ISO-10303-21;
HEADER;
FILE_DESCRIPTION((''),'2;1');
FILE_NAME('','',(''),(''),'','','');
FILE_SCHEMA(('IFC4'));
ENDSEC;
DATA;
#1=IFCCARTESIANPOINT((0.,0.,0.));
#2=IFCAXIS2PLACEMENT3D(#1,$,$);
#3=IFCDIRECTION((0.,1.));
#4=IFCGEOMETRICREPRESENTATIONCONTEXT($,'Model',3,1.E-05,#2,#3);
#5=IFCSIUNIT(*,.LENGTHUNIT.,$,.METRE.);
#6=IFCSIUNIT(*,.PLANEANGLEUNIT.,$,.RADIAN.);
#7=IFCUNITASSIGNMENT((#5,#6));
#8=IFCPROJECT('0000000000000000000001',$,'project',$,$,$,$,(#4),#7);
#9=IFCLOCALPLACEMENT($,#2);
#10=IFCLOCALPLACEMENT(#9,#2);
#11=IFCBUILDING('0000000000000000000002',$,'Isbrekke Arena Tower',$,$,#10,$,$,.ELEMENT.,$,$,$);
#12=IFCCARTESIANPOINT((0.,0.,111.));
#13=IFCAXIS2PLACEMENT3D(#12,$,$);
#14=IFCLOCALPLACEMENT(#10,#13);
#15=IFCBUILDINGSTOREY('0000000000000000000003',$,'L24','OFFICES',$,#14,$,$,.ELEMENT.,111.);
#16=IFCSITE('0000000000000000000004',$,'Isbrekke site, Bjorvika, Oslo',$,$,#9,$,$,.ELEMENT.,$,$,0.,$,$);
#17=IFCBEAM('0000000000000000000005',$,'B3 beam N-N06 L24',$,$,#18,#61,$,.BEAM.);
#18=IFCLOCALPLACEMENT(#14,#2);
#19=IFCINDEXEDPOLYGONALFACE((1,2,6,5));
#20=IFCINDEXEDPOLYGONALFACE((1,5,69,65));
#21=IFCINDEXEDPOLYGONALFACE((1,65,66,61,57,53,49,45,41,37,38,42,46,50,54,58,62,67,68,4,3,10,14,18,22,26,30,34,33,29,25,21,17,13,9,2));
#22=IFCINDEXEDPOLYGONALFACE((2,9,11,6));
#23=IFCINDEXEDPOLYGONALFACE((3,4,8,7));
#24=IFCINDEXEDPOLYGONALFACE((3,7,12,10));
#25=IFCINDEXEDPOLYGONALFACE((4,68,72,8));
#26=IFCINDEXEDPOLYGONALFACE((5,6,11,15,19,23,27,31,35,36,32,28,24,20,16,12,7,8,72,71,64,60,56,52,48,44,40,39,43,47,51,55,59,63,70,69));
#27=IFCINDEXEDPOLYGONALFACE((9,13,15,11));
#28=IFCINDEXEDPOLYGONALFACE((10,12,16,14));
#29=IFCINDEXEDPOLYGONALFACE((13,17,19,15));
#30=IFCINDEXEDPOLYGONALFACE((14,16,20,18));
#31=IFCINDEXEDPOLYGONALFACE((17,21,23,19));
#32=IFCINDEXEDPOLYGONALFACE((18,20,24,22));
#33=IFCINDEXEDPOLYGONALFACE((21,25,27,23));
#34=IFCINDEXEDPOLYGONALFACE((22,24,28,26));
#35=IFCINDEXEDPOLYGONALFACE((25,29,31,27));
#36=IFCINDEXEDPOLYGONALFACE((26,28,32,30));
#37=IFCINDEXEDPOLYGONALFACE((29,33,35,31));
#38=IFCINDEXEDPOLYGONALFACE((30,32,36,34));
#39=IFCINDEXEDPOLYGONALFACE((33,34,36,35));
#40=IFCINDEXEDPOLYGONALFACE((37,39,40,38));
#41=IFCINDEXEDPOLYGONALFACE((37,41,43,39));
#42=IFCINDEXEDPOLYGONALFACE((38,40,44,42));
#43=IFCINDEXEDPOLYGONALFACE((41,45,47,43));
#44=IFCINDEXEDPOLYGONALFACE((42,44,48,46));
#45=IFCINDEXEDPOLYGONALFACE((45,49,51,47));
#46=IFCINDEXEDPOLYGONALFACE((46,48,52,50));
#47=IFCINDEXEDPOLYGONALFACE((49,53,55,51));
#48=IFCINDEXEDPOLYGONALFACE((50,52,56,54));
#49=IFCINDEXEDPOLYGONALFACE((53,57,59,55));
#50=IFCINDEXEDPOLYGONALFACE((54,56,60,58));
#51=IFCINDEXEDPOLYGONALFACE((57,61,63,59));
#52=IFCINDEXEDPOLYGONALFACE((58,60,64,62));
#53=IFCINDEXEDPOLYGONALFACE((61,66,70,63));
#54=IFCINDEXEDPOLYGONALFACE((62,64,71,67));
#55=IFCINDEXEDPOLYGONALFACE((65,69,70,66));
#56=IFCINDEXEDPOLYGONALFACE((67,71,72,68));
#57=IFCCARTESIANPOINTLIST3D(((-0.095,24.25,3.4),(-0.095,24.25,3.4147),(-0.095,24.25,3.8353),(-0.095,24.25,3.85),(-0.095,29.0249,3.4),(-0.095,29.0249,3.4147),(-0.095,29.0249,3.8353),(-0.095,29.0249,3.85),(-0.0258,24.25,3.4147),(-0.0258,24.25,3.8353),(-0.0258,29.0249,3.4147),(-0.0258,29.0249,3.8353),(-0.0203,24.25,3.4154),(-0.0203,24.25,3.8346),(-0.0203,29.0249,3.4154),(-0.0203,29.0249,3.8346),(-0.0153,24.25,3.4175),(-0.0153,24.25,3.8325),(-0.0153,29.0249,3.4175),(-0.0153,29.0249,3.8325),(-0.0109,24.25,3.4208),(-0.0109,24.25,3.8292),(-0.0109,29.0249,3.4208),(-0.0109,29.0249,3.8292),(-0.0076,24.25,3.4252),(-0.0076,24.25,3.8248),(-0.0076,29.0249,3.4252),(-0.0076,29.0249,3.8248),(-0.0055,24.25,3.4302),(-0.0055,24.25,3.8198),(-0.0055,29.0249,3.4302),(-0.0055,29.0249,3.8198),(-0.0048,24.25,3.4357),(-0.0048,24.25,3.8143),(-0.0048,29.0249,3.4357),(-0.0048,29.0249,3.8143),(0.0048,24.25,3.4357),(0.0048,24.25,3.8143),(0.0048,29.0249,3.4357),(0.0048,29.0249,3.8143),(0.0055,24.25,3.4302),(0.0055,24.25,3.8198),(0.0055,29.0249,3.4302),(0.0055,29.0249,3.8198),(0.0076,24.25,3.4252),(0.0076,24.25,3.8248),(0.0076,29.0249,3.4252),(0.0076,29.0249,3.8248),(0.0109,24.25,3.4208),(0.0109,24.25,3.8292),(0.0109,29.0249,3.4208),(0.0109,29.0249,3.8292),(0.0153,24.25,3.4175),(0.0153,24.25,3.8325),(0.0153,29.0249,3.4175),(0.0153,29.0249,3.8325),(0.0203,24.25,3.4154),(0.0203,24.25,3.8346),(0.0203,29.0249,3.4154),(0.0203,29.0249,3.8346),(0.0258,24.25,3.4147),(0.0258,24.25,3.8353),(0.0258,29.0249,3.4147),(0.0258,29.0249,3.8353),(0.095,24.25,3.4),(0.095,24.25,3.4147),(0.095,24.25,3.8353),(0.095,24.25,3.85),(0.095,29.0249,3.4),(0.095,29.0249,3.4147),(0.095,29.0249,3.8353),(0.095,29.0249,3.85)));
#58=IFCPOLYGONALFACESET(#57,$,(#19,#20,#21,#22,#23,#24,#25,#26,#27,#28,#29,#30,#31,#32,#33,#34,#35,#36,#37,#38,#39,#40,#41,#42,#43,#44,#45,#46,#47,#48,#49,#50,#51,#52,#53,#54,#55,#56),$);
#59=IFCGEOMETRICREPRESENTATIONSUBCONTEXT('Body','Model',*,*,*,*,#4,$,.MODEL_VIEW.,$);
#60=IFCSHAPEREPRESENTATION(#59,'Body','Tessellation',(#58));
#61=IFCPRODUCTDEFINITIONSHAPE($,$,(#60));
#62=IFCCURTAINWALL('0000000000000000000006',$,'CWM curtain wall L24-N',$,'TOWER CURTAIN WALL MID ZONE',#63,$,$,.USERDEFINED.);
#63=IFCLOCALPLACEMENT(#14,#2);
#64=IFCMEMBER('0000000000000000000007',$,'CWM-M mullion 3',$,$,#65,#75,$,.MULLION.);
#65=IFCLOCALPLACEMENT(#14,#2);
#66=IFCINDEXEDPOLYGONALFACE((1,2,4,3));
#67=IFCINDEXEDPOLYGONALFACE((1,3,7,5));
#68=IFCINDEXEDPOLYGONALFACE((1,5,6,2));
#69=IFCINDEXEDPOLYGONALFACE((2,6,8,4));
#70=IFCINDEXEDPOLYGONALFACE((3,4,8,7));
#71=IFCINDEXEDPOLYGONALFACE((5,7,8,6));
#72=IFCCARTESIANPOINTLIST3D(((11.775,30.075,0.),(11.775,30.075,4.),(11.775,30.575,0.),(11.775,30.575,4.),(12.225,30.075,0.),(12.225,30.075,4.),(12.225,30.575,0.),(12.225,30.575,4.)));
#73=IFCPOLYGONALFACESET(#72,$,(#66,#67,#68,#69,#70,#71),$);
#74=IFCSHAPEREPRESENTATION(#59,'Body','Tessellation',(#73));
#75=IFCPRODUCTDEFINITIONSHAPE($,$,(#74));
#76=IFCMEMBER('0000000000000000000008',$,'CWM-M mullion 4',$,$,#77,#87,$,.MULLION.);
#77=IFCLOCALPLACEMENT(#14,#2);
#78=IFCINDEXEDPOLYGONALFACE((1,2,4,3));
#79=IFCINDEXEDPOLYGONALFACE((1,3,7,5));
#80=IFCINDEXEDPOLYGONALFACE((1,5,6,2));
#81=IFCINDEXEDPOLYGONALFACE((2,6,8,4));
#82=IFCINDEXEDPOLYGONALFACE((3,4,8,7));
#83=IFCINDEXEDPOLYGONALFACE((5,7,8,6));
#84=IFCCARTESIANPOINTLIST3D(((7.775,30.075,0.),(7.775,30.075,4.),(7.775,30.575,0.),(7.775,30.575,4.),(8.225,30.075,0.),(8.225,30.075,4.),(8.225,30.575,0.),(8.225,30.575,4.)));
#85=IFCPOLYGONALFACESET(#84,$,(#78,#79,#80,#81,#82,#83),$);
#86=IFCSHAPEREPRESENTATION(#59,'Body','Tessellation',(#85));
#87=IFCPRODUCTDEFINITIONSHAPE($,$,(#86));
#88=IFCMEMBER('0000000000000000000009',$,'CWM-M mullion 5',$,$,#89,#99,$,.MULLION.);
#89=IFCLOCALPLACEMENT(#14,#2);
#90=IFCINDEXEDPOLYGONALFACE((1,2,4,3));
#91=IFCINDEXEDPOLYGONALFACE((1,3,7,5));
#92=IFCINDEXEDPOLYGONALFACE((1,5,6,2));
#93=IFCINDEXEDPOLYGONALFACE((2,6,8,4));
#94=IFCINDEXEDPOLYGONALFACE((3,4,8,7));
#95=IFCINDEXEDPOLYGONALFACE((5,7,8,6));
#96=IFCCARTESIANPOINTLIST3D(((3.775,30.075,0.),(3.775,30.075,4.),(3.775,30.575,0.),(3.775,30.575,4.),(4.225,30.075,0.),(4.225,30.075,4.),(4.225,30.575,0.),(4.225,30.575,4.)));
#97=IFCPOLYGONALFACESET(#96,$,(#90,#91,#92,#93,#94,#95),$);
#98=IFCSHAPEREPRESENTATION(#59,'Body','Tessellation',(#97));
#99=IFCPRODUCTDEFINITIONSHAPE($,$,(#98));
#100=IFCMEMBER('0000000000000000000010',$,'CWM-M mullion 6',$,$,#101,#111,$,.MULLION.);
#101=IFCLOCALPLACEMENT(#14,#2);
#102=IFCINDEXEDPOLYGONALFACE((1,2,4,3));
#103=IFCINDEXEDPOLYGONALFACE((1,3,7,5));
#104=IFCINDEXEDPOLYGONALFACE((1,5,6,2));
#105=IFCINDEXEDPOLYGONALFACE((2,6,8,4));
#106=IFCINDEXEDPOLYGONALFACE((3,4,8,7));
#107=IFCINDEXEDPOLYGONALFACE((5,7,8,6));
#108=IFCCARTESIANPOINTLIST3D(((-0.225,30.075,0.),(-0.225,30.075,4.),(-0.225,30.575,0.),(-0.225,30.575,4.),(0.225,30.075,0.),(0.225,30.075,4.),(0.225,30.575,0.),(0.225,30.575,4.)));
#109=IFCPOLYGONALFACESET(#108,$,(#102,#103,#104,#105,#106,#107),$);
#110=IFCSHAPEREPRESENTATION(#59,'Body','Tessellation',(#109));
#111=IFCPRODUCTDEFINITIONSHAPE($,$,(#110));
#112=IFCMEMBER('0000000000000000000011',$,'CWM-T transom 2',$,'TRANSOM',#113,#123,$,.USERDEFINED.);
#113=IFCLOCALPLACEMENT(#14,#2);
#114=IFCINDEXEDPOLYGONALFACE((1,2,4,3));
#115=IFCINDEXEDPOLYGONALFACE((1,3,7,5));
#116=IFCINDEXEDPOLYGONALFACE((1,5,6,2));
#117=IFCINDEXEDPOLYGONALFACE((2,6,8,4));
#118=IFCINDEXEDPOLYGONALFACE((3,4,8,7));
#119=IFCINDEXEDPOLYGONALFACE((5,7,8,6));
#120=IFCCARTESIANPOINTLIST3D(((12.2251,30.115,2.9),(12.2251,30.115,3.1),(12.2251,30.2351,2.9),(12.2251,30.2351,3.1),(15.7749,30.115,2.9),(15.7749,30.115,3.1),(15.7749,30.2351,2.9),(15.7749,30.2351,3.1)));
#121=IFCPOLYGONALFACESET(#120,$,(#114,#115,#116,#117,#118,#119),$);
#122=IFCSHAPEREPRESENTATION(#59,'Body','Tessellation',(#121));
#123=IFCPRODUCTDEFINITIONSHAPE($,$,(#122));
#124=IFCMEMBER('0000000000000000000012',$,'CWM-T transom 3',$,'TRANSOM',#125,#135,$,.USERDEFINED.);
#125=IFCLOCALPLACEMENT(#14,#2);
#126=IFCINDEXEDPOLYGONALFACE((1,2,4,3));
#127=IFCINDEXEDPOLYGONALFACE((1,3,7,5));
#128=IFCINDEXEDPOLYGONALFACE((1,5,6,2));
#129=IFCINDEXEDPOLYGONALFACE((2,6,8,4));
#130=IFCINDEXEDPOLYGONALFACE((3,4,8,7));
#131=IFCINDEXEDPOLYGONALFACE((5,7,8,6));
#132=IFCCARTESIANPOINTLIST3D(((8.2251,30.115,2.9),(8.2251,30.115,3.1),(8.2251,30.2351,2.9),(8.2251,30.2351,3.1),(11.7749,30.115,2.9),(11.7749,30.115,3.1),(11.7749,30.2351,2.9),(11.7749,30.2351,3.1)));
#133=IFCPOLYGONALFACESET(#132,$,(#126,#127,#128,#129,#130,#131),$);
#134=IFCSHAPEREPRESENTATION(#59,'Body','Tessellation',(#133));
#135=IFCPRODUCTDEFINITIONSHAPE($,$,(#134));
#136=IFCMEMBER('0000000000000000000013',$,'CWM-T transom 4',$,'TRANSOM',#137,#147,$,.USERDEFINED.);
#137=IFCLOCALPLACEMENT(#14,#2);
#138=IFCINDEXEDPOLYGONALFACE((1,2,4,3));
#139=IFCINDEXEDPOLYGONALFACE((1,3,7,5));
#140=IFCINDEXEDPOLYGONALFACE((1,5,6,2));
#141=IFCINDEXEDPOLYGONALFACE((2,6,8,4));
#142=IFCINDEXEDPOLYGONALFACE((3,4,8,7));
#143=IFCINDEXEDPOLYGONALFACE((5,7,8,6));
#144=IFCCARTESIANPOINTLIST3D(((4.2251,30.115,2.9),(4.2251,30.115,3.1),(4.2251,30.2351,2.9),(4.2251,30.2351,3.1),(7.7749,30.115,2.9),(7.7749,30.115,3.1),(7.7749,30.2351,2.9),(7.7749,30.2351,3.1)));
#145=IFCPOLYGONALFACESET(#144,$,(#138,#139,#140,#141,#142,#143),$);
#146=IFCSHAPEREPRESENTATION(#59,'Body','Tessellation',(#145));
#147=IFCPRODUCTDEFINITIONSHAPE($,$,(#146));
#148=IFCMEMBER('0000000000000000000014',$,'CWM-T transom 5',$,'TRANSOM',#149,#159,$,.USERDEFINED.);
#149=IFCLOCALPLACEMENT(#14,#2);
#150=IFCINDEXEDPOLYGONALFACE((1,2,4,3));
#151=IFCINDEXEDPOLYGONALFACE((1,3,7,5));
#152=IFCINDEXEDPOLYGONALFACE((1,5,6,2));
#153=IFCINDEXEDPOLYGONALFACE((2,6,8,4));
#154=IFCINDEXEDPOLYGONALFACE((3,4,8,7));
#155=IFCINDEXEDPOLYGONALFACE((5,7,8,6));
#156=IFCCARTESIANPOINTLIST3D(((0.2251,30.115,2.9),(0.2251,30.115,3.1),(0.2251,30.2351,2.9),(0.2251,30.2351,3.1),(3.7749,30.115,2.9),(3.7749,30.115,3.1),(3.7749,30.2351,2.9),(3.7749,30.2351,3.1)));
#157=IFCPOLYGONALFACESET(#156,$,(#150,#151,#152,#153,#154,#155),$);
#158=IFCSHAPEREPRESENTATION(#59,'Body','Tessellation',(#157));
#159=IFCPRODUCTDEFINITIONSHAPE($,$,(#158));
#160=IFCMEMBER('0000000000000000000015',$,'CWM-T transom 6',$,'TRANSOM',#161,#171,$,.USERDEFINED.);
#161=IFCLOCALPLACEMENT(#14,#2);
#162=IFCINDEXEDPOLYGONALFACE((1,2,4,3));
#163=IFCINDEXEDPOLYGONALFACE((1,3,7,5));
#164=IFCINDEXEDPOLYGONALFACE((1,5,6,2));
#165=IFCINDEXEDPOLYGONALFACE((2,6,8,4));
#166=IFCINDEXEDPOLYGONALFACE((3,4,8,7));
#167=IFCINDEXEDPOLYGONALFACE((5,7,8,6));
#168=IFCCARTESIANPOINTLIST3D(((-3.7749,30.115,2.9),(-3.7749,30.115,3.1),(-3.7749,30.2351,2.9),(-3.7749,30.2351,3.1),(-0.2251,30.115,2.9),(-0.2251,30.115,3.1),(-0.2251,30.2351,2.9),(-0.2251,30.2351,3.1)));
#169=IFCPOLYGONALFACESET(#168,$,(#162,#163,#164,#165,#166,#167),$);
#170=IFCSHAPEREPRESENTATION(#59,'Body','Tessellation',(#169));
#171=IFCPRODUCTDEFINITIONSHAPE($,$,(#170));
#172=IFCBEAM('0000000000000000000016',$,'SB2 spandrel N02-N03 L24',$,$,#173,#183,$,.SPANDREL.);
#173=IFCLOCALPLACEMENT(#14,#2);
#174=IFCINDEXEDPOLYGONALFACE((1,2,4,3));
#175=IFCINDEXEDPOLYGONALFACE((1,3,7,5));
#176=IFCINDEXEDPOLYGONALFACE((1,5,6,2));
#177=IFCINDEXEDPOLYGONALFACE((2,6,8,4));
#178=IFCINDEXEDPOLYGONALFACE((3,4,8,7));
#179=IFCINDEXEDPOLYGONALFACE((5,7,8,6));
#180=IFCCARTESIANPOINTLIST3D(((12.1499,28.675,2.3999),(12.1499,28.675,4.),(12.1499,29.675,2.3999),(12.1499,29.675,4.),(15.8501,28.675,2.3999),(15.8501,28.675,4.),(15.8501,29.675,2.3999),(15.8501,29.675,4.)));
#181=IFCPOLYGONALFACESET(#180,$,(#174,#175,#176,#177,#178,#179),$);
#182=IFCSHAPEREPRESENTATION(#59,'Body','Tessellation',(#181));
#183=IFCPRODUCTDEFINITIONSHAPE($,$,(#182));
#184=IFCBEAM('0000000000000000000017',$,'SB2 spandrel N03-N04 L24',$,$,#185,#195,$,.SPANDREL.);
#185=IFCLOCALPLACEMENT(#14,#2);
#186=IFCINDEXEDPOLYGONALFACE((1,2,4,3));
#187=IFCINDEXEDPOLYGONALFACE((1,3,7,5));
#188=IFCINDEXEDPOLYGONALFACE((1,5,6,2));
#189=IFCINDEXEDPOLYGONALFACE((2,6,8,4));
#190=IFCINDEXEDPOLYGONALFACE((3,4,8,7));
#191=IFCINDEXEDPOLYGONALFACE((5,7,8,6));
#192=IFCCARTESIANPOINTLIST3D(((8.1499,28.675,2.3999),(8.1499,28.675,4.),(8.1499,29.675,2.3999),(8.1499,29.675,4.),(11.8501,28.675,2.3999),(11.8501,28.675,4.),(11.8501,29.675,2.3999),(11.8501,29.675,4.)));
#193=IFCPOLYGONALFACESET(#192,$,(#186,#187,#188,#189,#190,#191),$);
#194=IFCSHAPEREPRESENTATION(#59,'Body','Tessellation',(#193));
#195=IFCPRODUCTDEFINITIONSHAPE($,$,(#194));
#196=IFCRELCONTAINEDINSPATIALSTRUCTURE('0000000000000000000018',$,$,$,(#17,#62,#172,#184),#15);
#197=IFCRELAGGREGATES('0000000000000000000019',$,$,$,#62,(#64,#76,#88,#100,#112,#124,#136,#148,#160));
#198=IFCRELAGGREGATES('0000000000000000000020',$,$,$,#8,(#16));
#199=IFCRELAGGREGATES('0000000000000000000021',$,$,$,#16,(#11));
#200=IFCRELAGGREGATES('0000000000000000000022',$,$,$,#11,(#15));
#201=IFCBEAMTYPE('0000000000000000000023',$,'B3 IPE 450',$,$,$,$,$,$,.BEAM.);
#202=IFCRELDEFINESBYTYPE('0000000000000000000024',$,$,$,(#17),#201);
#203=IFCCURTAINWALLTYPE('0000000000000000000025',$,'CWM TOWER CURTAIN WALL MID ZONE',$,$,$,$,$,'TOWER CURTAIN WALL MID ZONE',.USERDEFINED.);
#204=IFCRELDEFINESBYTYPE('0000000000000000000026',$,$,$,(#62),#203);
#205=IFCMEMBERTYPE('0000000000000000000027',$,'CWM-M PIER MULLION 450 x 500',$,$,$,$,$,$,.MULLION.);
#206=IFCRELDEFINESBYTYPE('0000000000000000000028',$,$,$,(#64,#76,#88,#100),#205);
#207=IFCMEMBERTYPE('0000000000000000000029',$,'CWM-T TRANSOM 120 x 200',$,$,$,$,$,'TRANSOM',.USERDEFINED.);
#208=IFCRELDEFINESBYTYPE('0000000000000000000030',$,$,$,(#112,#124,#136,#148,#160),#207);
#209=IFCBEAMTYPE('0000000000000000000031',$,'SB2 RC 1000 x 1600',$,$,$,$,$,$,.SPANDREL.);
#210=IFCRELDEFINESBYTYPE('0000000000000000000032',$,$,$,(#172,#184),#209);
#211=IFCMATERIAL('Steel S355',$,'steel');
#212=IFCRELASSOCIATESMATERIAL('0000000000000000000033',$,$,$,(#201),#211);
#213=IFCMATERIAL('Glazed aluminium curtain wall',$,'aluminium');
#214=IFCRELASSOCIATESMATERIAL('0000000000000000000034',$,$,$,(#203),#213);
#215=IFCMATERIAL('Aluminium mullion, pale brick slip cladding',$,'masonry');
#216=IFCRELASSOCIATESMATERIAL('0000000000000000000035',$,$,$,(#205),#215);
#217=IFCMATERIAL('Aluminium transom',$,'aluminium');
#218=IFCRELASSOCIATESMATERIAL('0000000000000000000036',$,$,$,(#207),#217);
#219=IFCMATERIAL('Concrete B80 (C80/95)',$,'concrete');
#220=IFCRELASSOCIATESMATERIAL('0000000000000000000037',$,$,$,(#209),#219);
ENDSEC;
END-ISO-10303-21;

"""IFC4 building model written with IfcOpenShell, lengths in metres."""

from ifc_helpers import new_model, si_unit, direction, frame, origin, origin_2d, place, context, subcontext, project, spatial, rectangle, i_section, extrude, material, material_profile, profile_set, type_object, element, aggregate, save


model = new_model("IFC4")

# Units and contexts
model_context = context("Model", 3, precision=1e-05, world=origin(), true_north=direction((0.0, 1.0)))
body_context = subcontext(model_context, "Body", "Model", "MODEL_VIEW")
ifc_project = project(units=[si_unit("LENGTHUNIT", "METRE"), si_unit("PLANEANGLEUNIT", "RADIAN")], contexts=[model_context])

# Site, building, storey
site_placement = place(None, origin())
site = spatial("IfcSite", under=ifc_project, at=site_placement, Name="Isbrekke site, Bjorvika, Oslo", CompositionType="ELEMENT", RefElevation=0.0)
building_placement = place(site_placement, origin())
building = spatial("IfcBuilding", under=site, at=building_placement, Name="Isbrekke Arena Tower", CompositionType="ELEMENT")
storey_placement = place(building_placement, frame((0.0, 0.0, 111.0)))
storey = spatial("IfcBuildingStorey", under=building, at=storey_placement, Name="L24", Description="OFFICES", CompositionType="ELEMENT", Elevation=111.0)

# Beam
ifc_material_1 = material(Name="Steel S355", Category="steel")
ifc_material_profile_1 = material_profile(ifc_material_1, i_section(OverallWidth=0.1899, OverallDepth=0.45, WebThickness=0.0095, FlangeThickness=0.0146, FilletRadius=0.021, at=origin_2d()), Name="IPE 450")
ifc_profile_set_1 = profile_set([ifc_material_profile_1], Name="Steel S355")
beam_type_1 = type_object("IfcBeamType", Name="B3 IPE 450", PredefinedType="BEAM", material=ifc_profile_set_1)
beam_1_placement = place(storey_placement, frame((0.0, 29.0249, 3.625), z_axis=(0.0, -1.0, 0.0), x_axis=(1.0, 0.0, 0.0)))
element("IfcBeam", 1, at=beam_1_placement, inside=storey, type_object=beam_type_1, Name="B3 beam N-N06 L24", PredefinedType="BEAM", context=body_context, shape_type="SweptSolid", body=[
    extrude(i_section(OverallWidth=0.1899, OverallDepth=0.45, WebThickness=0.0095, FlangeThickness=0.0146, FilletRadius=0.021, at=origin_2d()), origin(), (0.0, 0.0, 1.0), 4.7749),
])

# Curtain wall, members
ifc_material_2 = material(Name="Glazed aluminium curtain wall", Category="aluminium")
curtain_wall_type = type_object("IfcCurtainWallType", Name="CWM TOWER CURTAIN WALL MID ZONE", ElementType="TOWER CURTAIN WALL MID ZONE", PredefinedType="USERDEFINED", material=ifc_material_2)
curtain_wall_placement = place(storey_placement, origin())
curtain_wall = element("IfcCurtainWall", 2, at=curtain_wall_placement, inside=storey, type_object=curtain_wall_type, Name="CWM curtain wall L24-N", ObjectType="TOWER CURTAIN WALL MID ZONE", PredefinedType="USERDEFINED")
ifc_material_3 = material(Name="Aluminium mullion, pale brick slip cladding", Category="masonry")
ifc_material_profile_2 = material_profile(ifc_material_3, rectangle(XDim=0.45, YDim=0.5, at=origin_2d()), Name="PIER 450X500")
ifc_profile_set_2 = profile_set([ifc_material_profile_2], Name="Aluminium mullion, pale brick slip cladding")
member_type_1 = type_object("IfcMemberType", Name="CWM-M PIER MULLION 450 x 500", PredefinedType="MULLION", material=ifc_profile_set_2)
member_1_placement = place(storey_placement, frame((12.0, 30.325, 0.0), z_axis=(0.0, 0.0, 1.0), x_axis=(-1.0, 0.0, 0.0)))
member_1 = element("IfcMember", 3, at=member_1_placement, type_object=member_type_1, Name="CWM-M mullion 3", PredefinedType="MULLION", context=body_context, shape_type="SweptSolid", body=[
    extrude(rectangle(XDim=0.45, YDim=0.5, at=origin_2d()), origin(), (0.0, 0.0, 1.0), 4.0),
])
member_2_placement = place(storey_placement, frame((8.0, 30.325, 0.0), z_axis=(0.0, 0.0, 1.0), x_axis=(-1.0, 0.0, 0.0)))
member_2 = element("IfcMember", 4, at=member_2_placement, type_object=member_type_1, Name="CWM-M mullion 4", PredefinedType="MULLION", context=body_context, shape_type="SweptSolid", body=[
    extrude(rectangle(XDim=0.45, YDim=0.5, at=origin_2d()), origin(), (0.0, 0.0, 1.0), 4.0),
])
member_3_placement = place(storey_placement, frame((4.0, 30.325, 0.0), z_axis=(0.0, 0.0, 1.0), x_axis=(-1.0, 0.0, 0.0)))
member_3 = element("IfcMember", 5, at=member_3_placement, type_object=member_type_1, Name="CWM-M mullion 5", PredefinedType="MULLION", context=body_context, shape_type="SweptSolid", body=[
    extrude(rectangle(XDim=0.45, YDim=0.5, at=origin_2d()), origin(), (0.0, 0.0, 1.0), 4.0),
])
member_4_placement = place(storey_placement, frame((0.0, 30.325, 0.0), z_axis=(0.0, 0.0, 1.0), x_axis=(-1.0, 0.0, 0.0)))
member_4 = element("IfcMember", 6, at=member_4_placement, type_object=member_type_1, Name="CWM-M mullion 6", PredefinedType="MULLION", context=body_context, shape_type="SweptSolid", body=[
    extrude(rectangle(XDim=0.45, YDim=0.5, at=origin_2d()), origin(), (0.0, 0.0, 1.0), 4.0),
])
ifc_material_4 = material(Name="Aluminium transom", Category="aluminium")
ifc_material_profile_3 = material_profile(ifc_material_4, rectangle(XDim=0.1201, YDim=0.2, at=origin_2d()), Name="TRANSOM 120X200")
ifc_profile_set_3 = profile_set([ifc_material_profile_3], Name="Aluminium transom")
member_type_2 = type_object("IfcMemberType", Name="CWM-T TRANSOM 120 x 200", ElementType="TRANSOM", PredefinedType="USERDEFINED", material=ifc_profile_set_3)
member_5_placement = place(storey_placement, frame((15.7749, 30.175, 3.0), z_axis=(-1.0, 0.0, 0.0), x_axis=(0.0, -1.0, 0.0)))
member_5 = element("IfcMember", 7, at=member_5_placement, type_object=member_type_2, Name="CWM-T transom 2", ObjectType="TRANSOM", PredefinedType="USERDEFINED", context=body_context, shape_type="SweptSolid", body=[
    extrude(rectangle(XDim=0.1201, YDim=0.2, at=origin_2d()), origin(), (0.0, 0.0, 1.0), 3.5498),
])
member_6_placement = place(storey_placement, frame((11.7749, 30.175, 3.0), z_axis=(-1.0, 0.0, 0.0), x_axis=(0.0, -1.0, 0.0)))
member_6 = element("IfcMember", 8, at=member_6_placement, type_object=member_type_2, Name="CWM-T transom 3", ObjectType="TRANSOM", PredefinedType="USERDEFINED", context=body_context, shape_type="SweptSolid", body=[
    extrude(rectangle(XDim=0.1201, YDim=0.2, at=origin_2d()), origin(), (0.0, 0.0, 1.0), 3.5498),
])
member_7_placement = place(storey_placement, frame((7.7749, 30.175, 3.0), z_axis=(-1.0, 0.0, 0.0), x_axis=(0.0, -1.0, 0.0)))
member_7 = element("IfcMember", 9, at=member_7_placement, type_object=member_type_2, Name="CWM-T transom 4", ObjectType="TRANSOM", PredefinedType="USERDEFINED", context=body_context, shape_type="SweptSolid", body=[
    extrude(rectangle(XDim=0.1201, YDim=0.2, at=origin_2d()), origin(), (0.0, 0.0, 1.0), 3.5498),
])
member_8_placement = place(storey_placement, frame((3.7749, 30.175, 3.0), z_axis=(-1.0, 0.0, 0.0), x_axis=(0.0, -1.0, 0.0)))
member_8 = element("IfcMember", 10, at=member_8_placement, type_object=member_type_2, Name="CWM-T transom 5", ObjectType="TRANSOM", PredefinedType="USERDEFINED", context=body_context, shape_type="SweptSolid", body=[
    extrude(rectangle(XDim=0.1201, YDim=0.2, at=origin_2d()), origin(), (0.0, 0.0, 1.0), 3.5498),
])
member_9_placement = place(storey_placement, frame((-0.2251, 30.175, 3.0), z_axis=(-1.0, 0.0, 0.0), x_axis=(0.0, -1.0, 0.0)))
member_9 = element("IfcMember", 11, at=member_9_placement, type_object=member_type_2, Name="CWM-T transom 6", ObjectType="TRANSOM", PredefinedType="USERDEFINED", context=body_context, shape_type="SweptSolid", body=[
    extrude(rectangle(XDim=0.1201, YDim=0.2, at=origin_2d()), origin(), (0.0, 0.0, 1.0), 3.5498),
])

# Beams
ifc_material_5 = material(Name="Concrete B80 (C80/95)", Category="concrete")
ifc_material_profile_4 = material_profile(ifc_material_5, rectangle(XDim=1.0, YDim=1.6001, at=origin_2d()), Name="RC 1000x1600")
ifc_profile_set_4 = profile_set([ifc_material_profile_4], Name="Concrete B80 (C80/95)")
beam_type_2 = type_object("IfcBeamType", Name="SB2 RC 1000 x 1600", PredefinedType="SPANDREL", material=ifc_profile_set_4)
for number, where, z_axis, x_axis, name in (
    (12, (15.8501, 29.175, 3.2), (-1.0, 0.0, 0.0), (0.0, -1.0, 0.0), "SB2 spandrel N02-N03 L24"),
    (13, (11.8501, 29.175, 3.2), (-1.0, 0.0, 0.0), (0.0, -1.0, 0.0), "SB2 spandrel N03-N04 L24"),
):
    element("IfcBeam", number, at=place(storey_placement, frame(where, z_axis=z_axis, x_axis=x_axis)), inside=storey, type_object=beam_type_2, Name=name, PredefinedType="SPANDREL", context=body_context, shape_type="SweptSolid", body=[
        extrude(rectangle(XDim=1.0, YDim=1.6001, at=origin_2d()), origin(), (0.0, 0.0, 1.0), 3.7002),
    ])

aggregate(curtain_wall, [member_1, member_2, member_3, member_4, member_5, member_6, member_7, member_8, member_9])

save(model, "model.ifc")
